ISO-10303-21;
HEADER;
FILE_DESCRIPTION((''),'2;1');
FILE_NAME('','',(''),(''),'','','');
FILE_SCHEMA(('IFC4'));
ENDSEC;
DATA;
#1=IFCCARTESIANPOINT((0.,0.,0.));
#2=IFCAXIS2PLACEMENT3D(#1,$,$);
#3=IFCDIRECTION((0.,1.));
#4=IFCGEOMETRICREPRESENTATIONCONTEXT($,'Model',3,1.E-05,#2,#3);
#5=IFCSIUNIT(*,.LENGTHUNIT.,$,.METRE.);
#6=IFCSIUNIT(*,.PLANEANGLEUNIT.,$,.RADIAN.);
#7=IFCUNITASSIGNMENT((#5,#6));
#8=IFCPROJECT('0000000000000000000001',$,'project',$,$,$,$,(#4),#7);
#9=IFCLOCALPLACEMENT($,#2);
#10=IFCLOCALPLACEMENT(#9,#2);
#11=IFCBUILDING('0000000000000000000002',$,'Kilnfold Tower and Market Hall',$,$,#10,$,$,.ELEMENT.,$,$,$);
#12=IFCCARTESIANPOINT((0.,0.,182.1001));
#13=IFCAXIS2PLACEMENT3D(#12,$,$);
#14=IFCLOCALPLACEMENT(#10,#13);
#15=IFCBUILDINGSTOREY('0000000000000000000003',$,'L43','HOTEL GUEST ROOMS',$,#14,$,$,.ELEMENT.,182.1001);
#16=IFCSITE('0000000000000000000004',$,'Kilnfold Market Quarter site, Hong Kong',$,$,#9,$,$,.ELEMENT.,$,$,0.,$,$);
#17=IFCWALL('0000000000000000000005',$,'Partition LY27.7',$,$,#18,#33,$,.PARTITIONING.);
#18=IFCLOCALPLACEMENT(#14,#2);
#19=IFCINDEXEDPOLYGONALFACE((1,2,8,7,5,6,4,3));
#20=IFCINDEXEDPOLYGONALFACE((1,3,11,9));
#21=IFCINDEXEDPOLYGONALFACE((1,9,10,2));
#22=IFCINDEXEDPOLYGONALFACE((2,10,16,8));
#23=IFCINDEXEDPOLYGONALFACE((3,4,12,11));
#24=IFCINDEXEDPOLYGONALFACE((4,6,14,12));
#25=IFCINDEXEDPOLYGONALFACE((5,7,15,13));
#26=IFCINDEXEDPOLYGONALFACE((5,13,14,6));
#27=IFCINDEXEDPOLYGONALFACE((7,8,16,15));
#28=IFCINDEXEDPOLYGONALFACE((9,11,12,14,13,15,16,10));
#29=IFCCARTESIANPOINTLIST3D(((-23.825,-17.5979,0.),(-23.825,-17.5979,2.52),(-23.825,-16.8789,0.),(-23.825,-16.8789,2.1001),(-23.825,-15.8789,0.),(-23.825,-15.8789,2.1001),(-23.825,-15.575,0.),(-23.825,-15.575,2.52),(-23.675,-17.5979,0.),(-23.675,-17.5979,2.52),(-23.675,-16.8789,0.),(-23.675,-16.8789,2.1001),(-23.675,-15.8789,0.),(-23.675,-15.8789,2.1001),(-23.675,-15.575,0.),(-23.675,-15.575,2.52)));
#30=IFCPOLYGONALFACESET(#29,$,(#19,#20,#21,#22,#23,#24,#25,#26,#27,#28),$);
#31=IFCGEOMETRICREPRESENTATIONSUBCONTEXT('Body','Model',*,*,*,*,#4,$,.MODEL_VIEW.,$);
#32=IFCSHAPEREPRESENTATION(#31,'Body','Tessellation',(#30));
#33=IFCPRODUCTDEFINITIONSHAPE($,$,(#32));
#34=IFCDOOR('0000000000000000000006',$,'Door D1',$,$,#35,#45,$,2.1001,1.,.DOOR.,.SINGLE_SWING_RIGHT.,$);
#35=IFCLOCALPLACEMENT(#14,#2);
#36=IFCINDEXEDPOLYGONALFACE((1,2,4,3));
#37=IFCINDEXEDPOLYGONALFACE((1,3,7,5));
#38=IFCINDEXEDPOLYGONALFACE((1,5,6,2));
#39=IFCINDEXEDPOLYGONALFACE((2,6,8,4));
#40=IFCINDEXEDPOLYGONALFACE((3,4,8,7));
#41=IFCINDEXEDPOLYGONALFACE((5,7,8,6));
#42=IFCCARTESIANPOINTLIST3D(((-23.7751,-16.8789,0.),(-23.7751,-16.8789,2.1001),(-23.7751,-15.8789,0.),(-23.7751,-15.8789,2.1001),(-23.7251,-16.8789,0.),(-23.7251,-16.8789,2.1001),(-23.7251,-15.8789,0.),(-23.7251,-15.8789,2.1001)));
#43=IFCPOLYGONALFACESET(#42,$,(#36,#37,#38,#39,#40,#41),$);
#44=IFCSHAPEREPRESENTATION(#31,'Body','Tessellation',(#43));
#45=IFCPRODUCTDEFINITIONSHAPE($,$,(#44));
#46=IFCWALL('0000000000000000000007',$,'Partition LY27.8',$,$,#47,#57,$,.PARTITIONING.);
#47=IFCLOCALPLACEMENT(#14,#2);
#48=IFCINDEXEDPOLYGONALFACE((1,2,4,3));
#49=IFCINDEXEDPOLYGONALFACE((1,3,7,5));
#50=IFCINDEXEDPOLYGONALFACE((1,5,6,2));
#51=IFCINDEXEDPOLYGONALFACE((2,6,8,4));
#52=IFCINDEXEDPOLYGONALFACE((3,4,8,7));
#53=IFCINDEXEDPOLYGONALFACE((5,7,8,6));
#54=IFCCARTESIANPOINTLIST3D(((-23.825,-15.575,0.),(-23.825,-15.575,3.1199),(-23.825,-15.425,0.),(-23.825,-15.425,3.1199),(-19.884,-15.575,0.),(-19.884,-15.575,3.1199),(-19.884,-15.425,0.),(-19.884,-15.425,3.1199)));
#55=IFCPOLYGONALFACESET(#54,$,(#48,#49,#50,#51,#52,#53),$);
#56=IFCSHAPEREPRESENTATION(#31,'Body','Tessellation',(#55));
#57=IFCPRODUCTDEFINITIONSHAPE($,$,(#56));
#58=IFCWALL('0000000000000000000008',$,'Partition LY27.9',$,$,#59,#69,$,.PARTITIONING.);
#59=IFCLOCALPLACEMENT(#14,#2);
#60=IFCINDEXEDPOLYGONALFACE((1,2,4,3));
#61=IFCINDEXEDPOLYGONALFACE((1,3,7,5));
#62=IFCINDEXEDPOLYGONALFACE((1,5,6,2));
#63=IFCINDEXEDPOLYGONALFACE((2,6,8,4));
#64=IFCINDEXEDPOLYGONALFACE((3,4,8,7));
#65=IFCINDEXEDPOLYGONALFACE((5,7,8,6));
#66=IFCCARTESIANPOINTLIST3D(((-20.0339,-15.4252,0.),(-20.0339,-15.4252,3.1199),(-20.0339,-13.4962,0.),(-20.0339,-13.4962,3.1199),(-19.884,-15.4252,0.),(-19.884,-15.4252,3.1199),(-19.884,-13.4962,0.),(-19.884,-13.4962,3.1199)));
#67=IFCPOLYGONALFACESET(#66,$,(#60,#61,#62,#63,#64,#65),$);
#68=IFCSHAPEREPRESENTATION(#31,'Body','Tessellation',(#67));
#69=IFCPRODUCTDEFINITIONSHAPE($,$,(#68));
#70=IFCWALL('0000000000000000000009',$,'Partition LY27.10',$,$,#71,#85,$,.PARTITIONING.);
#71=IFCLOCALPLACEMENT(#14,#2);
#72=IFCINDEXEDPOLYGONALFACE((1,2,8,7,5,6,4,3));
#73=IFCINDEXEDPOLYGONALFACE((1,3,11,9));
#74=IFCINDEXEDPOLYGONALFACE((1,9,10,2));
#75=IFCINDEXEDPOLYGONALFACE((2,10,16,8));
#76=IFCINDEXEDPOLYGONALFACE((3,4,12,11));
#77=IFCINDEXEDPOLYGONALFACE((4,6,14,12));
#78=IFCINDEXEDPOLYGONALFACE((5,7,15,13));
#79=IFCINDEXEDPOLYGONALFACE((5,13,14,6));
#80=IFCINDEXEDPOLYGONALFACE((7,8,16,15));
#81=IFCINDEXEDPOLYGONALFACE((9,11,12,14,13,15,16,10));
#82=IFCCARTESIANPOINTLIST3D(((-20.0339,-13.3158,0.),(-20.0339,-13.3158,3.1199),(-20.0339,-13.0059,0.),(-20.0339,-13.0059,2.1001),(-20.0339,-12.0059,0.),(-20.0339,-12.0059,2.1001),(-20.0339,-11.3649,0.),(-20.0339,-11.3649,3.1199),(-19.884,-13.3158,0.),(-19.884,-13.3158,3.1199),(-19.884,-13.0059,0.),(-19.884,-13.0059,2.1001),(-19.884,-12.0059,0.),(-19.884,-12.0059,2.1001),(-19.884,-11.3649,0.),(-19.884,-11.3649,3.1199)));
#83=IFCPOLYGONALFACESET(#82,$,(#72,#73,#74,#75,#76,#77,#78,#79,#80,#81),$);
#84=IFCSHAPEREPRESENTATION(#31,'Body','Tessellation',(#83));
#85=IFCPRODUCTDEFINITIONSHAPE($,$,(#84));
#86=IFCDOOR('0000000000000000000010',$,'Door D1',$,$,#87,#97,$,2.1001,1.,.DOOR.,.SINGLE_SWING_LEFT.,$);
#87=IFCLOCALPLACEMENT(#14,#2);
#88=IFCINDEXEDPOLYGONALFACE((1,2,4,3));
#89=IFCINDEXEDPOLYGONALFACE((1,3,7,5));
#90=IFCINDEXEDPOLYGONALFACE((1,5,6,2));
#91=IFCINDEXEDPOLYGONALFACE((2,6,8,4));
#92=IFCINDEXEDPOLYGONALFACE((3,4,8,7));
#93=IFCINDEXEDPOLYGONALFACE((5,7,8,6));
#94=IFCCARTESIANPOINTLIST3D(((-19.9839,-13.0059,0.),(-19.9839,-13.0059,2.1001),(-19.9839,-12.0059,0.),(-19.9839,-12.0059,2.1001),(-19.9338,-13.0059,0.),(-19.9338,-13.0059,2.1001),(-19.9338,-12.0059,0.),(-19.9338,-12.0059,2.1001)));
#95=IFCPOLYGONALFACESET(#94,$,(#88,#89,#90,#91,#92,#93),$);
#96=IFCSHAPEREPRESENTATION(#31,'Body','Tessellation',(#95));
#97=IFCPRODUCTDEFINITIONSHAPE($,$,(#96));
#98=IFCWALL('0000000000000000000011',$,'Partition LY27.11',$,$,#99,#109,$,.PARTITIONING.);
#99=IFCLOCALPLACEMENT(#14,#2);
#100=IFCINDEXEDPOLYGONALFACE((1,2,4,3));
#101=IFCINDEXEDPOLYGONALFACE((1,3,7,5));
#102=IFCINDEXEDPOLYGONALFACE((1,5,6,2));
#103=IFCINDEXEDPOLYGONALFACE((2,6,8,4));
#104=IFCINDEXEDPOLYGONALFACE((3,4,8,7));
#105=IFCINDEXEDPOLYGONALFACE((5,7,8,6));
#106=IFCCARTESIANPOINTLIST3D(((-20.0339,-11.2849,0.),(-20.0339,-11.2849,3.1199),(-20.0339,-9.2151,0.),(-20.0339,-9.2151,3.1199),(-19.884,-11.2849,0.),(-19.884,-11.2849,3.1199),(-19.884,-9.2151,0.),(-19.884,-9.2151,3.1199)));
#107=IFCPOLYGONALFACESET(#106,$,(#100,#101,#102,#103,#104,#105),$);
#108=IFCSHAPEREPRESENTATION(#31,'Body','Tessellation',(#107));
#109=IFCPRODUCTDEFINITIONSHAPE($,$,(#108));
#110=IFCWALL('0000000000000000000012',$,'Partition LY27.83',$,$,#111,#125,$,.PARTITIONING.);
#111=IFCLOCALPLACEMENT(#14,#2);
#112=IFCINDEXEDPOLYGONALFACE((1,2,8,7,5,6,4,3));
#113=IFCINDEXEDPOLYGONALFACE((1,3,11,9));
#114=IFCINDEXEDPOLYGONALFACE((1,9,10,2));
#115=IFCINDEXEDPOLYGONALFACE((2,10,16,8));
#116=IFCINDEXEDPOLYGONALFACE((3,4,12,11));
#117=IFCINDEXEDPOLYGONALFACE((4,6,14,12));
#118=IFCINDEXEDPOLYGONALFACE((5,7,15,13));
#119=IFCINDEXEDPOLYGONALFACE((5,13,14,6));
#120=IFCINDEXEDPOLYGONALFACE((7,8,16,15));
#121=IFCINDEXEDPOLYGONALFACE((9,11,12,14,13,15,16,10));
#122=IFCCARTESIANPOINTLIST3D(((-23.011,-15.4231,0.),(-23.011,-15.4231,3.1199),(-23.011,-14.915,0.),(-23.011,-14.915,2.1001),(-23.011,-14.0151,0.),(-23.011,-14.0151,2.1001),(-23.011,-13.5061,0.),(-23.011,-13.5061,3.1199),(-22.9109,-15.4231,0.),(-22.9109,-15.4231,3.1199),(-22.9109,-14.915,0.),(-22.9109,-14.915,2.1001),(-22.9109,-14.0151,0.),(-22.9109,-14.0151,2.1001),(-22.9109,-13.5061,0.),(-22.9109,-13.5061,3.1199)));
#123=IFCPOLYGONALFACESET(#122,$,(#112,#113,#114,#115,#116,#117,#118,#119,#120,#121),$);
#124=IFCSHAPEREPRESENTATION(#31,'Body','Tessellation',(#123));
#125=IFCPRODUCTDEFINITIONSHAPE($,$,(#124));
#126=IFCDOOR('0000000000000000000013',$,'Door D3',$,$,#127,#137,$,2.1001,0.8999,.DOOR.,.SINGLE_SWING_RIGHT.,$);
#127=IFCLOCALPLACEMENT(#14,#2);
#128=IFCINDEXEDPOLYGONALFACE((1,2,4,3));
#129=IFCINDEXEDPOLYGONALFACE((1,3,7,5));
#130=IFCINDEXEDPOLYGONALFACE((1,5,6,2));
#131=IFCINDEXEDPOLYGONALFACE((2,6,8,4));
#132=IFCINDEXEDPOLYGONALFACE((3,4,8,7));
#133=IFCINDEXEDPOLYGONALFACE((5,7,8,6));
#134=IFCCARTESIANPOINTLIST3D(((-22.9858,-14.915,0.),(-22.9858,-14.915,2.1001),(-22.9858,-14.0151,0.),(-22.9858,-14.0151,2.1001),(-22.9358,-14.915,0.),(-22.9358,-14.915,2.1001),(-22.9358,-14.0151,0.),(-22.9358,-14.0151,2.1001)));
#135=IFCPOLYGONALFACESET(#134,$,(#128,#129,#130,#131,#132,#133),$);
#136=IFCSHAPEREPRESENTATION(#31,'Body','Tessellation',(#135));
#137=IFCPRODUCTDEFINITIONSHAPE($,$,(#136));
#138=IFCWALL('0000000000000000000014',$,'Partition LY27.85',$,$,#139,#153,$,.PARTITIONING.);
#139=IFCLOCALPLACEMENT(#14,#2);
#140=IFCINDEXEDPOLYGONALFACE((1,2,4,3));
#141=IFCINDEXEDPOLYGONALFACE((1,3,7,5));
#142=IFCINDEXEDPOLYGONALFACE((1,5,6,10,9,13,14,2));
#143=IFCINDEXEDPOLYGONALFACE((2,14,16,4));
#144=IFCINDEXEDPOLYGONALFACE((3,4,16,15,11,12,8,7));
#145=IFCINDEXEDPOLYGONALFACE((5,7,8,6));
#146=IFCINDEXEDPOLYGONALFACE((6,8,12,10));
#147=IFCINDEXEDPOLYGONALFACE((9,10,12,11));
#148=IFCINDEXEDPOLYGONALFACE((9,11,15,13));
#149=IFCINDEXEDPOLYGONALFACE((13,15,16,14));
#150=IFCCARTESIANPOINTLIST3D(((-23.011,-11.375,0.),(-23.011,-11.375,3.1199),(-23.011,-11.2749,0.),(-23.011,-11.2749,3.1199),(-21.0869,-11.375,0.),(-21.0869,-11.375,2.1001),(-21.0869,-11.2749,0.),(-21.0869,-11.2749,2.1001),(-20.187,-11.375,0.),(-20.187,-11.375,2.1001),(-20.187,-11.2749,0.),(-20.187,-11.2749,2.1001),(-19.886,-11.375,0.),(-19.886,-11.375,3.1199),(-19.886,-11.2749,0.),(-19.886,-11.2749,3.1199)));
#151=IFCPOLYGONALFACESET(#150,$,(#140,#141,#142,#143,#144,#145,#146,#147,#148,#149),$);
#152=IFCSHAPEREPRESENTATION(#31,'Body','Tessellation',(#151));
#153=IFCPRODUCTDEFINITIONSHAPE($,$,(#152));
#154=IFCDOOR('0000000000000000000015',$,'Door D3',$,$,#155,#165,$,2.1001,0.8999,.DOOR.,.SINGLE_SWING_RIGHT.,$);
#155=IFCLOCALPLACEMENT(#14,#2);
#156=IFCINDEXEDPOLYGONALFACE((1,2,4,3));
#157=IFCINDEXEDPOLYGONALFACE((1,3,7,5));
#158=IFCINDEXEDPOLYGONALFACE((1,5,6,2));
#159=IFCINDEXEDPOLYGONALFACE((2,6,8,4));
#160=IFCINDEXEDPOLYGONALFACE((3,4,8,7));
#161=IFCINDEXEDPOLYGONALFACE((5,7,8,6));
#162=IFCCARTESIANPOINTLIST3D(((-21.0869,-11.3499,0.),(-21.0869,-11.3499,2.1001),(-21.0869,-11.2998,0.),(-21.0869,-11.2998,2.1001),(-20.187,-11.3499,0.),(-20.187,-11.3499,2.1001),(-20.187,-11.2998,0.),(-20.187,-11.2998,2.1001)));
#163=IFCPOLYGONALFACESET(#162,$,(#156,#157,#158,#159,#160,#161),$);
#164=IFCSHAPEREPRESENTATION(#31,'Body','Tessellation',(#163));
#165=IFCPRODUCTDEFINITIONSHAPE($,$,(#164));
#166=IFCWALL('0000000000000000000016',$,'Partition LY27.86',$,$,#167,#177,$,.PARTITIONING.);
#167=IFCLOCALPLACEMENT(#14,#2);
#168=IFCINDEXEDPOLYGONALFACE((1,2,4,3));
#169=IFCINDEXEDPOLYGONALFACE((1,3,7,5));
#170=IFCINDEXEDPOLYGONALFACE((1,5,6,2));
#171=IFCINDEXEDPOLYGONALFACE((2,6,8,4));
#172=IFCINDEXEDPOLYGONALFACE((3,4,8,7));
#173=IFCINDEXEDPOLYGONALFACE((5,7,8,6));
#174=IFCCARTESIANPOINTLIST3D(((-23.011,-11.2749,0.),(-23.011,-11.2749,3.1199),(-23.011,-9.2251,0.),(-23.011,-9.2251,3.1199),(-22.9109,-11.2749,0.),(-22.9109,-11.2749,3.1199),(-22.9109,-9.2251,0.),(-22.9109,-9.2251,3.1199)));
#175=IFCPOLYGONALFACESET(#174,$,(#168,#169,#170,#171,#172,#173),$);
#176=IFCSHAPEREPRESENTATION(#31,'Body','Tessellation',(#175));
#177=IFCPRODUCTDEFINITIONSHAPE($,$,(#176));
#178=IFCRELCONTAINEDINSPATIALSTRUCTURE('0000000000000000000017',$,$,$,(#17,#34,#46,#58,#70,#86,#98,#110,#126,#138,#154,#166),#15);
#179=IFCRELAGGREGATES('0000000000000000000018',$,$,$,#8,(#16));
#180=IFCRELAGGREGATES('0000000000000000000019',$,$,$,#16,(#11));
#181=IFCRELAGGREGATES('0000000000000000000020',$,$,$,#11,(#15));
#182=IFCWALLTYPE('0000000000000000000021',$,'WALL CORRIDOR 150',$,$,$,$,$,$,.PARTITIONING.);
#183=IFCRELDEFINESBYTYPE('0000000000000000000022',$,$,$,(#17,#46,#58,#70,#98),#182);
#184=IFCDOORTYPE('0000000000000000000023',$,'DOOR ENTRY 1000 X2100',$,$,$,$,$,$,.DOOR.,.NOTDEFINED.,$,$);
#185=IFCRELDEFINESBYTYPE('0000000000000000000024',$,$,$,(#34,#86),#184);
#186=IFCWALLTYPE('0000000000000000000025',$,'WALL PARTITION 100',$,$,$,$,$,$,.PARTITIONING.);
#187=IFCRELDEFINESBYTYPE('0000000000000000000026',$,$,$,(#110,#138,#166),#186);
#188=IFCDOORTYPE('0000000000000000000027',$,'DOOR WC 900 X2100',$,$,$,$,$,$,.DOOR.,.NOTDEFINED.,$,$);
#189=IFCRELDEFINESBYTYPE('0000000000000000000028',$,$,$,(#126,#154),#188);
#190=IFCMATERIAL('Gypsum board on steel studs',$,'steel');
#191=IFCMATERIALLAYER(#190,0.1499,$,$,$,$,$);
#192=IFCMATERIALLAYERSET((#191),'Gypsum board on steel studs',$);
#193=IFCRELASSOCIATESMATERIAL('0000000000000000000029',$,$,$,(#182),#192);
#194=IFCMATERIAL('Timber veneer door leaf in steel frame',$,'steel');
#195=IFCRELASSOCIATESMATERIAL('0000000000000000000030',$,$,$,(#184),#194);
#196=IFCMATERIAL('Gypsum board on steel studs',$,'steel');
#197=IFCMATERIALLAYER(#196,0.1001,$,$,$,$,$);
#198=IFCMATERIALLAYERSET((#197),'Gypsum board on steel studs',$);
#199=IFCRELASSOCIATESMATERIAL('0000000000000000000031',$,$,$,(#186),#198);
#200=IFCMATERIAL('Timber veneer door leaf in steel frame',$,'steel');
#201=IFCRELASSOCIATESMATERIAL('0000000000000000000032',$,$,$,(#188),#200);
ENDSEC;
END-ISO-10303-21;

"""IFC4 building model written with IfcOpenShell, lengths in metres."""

from ifc_helpers import new_model, si_unit, direction, frame, frame_2d, origin, place, context, subcontext, project, spatial, rectangle, extrude, material, layer, layer_set, type_object, element, fill, save


model = new_model("IFC4")

# Units and contexts
model_context = context("Model", 3, precision=1e-05, world=origin(), true_north=direction((0.0, 1.0)))
body_context = subcontext(model_context, "Body", "Model", "MODEL_VIEW")
ifc_project = project(units=[si_unit("LENGTHUNIT", "METRE"), si_unit("PLANEANGLEUNIT", "RADIAN")], contexts=[model_context])

# Site, building, storey
site_placement = place(None, origin())
site = spatial("IfcSite", under=ifc_project, at=site_placement, Name="Kilnfold Market Quarter site, Hong Kong", CompositionType="ELEMENT", RefElevation=0.0)
building_placement = place(site_placement, origin())
building = spatial("IfcBuilding", under=site, at=building_placement, Name="Kilnfold Tower and Market Hall", CompositionType="ELEMENT")
storey_placement = place(building_placement, frame((0.0, 0.0, 182.1001)))
storey = spatial("IfcBuildingStorey", under=building, at=storey_placement, Name="L43", Description="HOTEL GUEST ROOMS", CompositionType="ELEMENT", Elevation=182.1001)

# Wall, opening, door
ifc_material_1 = material(Name="Gypsum board on steel studs", Category="steel")
ifc_layer_1 = layer(ifc_material_1, 0.1499)
ifc_layer_set_1 = layer_set([ifc_layer_1], Name="Gypsum board on steel studs")
wall_type_1 = type_object("IfcWallType", Name="WALL CORRIDOR 150", PredefinedType="PARTITIONING", material=ifc_layer_set_1)
wall_1_placement = place(storey_placement, frame((-23.75, -15.575, 0.0), z_axis=(0.0, 0.0, 1.0), x_axis=(0.0, -1.0, 0.0)))
wall_1 = element("IfcWall", 1, at=wall_1_placement, inside=storey, type_object=wall_type_1, Name="Partition LY27.7", PredefinedType="PARTITIONING", context=body_context, shape_type="SweptSolid", body=[
    extrude(rectangle(XDim=2.0229, YDim=0.1499, at=frame_2d((1.0115, 0.0))), origin(), (0.0, 0.0, 1.0), 2.52),
])
opening_1_placement = place(wall_1_placement, frame((0.304, 0.0, 0.0)))
opening_1 = element("IfcOpeningElement", 2, at=opening_1_placement, cuts=wall_1, PredefinedType="OPENING", context=body_context, shape_type="SweptSolid", body=[
    extrude(rectangle(XDim=1.0, YDim=2.1001, at=frame_2d((0.5, 1.05))), frame((0.0, 0.085, 0.0), z_axis=(0.0, -1.0, 0.0), x_axis=(1.0, 0.0, 0.0)), (0.0, 0.0, 1.0), 0.1699),
])
ifc_material_2 = material(Name="Timber veneer door leaf in steel frame", Category="steel")
door_type_1 = type_object("IfcDoorType", Name="DOOR ENTRY 1000 X2100", OperationType="NOTDEFINED", PredefinedType="DOOR", material=ifc_material_2)
door_1_placement = place(opening_1_placement, origin())
door_1 = element("IfcDoor", 3, at=door_1_placement, inside=storey, type_object=door_type_1, Name="Door D1", OperationType="SINGLE_SWING_RIGHT", OverallHeight=2.1001, OverallWidth=1.0, PredefinedType="DOOR", context=body_context, shape_type="SweptSolid", body=[
    extrude(rectangle(XDim=1.0, YDim=2.1001, at=frame_2d((0.5, 1.05))), frame((0.0, 0.0249, 0.0), z_axis=(0.0, -1.0, 0.0), x_axis=(1.0, 0.0, 0.0)), (0.0, 0.0, 1.0), 0.05),
])
fill(opening_1, door_1)

# Walls
wall_2_placement = place(storey_placement, frame((-23.825, -15.5, 0.0), z_axis=(0.0, 0.0, 1.0), x_axis=(1.0, 0.0, 0.0)))
element("IfcWall", 4, at=wall_2_placement, inside=storey, type_object=wall_type_1, Name="Partition LY27.8", PredefinedType="PARTITIONING", context=body_context, shape_type="SweptSolid", body=[
    extrude(rectangle(XDim=3.9409, YDim=0.1499, at=frame_2d((1.9705, 0.0))), origin(), (0.0, 0.0, 1.0), 3.1199),
])
wall_3_placement = place(storey_placement, frame((-19.959, -15.425, 0.0), z_axis=(0.0, 0.0, 1.0), x_axis=(0.0, 1.0, 0.0)))
element("IfcWall", 5, at=wall_3_placement, inside=storey, type_object=wall_type_1, Name="Partition LY27.9", PredefinedType="PARTITIONING", context=body_context, shape_type="SweptSolid", body=[
    extrude(rectangle(XDim=1.929, YDim=0.1499, at=frame_2d((0.9644, 0.0))), origin(), (0.0, 0.0, 1.0), 3.1199),
])

# Wall, opening, door
wall_4_placement = place(storey_placement, frame((-19.959, -13.3159, 0.0), z_axis=(0.0, 0.0, 1.0), x_axis=(0.0, 1.0, 0.0)))
wall_4 = element("IfcWall", 6, at=wall_4_placement, inside=storey, type_object=wall_type_1, Name="Partition LY27.10", PredefinedType="PARTITIONING", context=body_context, shape_type="SweptSolid", body=[
    extrude(rectangle(XDim=1.9509, YDim=0.1499, at=frame_2d((0.9756, 0.0))), origin(), (0.0, 0.0, 1.0), 3.1199),
])
opening_2_placement = place(wall_4_placement, frame((0.3101, 0.0, 0.0)))
opening_2 = element("IfcOpeningElement", 7, at=opening_2_placement, cuts=wall_4, PredefinedType="OPENING", context=body_context, shape_type="SweptSolid", body=[
    extrude(rectangle(XDim=1.0, YDim=2.1001, at=frame_2d((0.5, 1.05))), frame((0.0, 0.085, 0.0), z_axis=(0.0, -1.0, 0.0), x_axis=(1.0, 0.0, 0.0)), (0.0, 0.0, 1.0), 0.1699),
])
door_2_placement = place(opening_2_placement, origin())
door_2 = element("IfcDoor", 8, at=door_2_placement, inside=storey, type_object=door_type_1, Name="Door D1", OperationType="SINGLE_SWING_LEFT", OverallHeight=2.1001, OverallWidth=1.0, PredefinedType="DOOR", context=body_context, shape_type="SweptSolid", body=[
    extrude(rectangle(XDim=1.0, YDim=2.1001, at=frame_2d((0.5, 1.05))), frame((0.0, 0.0249, 0.0), z_axis=(0.0, -1.0, 0.0), x_axis=(1.0, 0.0, 0.0)), (0.0, 0.0, 1.0), 0.05),
])
fill(opening_2, door_2)

# Wall
wall_5_placement = place(storey_placement, frame((-19.959, -11.2849, 0.0), z_axis=(0.0, 0.0, 1.0), x_axis=(0.0, 1.0, 0.0)))
element("IfcWall", 9, at=wall_5_placement, inside=storey, type_object=wall_type_1, Name="Partition LY27.11", PredefinedType="PARTITIONING", context=body_context, shape_type="SweptSolid", body=[
    extrude(rectangle(XDim=2.0698, YDim=0.1499, at=frame_2d((1.0349, 0.0))), origin(), (0.0, 0.0, 1.0), 3.1199),
])

# Walls, openings, doors
ifc_material_3 = material(Name="Gypsum board on steel studs", Category="steel")
ifc_layer_2 = layer(ifc_material_3, 0.1001)
ifc_layer_set_2 = layer_set([ifc_layer_2], Name="Gypsum board on steel studs")
wall_type_2 = type_object("IfcWallType", Name="WALL PARTITION 100", PredefinedType="PARTITIONING", material=ifc_layer_set_2)
wall_6_placement = place(storey_placement, frame((-22.9609, -15.4231, 0.0), z_axis=(0.0, 0.0, 1.0), x_axis=(0.0, 1.0, 0.0)))
wall_6 = element("IfcWall", 10, at=wall_6_placement, inside=storey, type_object=wall_type_2, Name="Partition LY27.83", PredefinedType="PARTITIONING", context=body_context, shape_type="SweptSolid", body=[
    extrude(rectangle(XDim=1.917, YDim=0.1001, at=frame_2d((0.9585, 0.0))), origin(), (0.0, 0.0, 1.0), 3.1199),
])
opening_3_placement = place(wall_6_placement, frame((0.5081, 0.0, 0.0)))
opening_3 = element("IfcOpeningElement", 11, at=opening_3_placement, cuts=wall_6, PredefinedType="OPENING", context=body_context, shape_type="SweptSolid", body=[
    extrude(rectangle(XDim=0.8999, YDim=2.1001, at=frame_2d((0.45, 1.05))), frame((0.0, 0.0601, 0.0), z_axis=(0.0, -1.0, 0.0), x_axis=(1.0, 0.0, 0.0)), (0.0, 0.0, 1.0), 0.1201),
])
ifc_material_4 = material(Name="Timber veneer door leaf in steel frame", Category="steel")
door_type_2 = type_object("IfcDoorType", Name="DOOR WC 900 X2100", OperationType="NOTDEFINED", PredefinedType="DOOR", material=ifc_material_4)
door_3_placement = place(opening_3_placement, origin())
door_3 = element("IfcDoor", 12, at=door_3_placement, inside=storey, type_object=door_type_2, Name="Door D3", OperationType="SINGLE_SWING_RIGHT", OverallHeight=2.1001, OverallWidth=0.8999, PredefinedType="DOOR", context=body_context, shape_type="SweptSolid", body=[
    extrude(rectangle(XDim=0.8999, YDim=2.1001, at=frame_2d((0.45, 1.05))), frame((0.0, 0.0249, 0.0), z_axis=(0.0, -1.0, 0.0), x_axis=(1.0, 0.0, 0.0)), (0.0, 0.0, 1.0), 0.05),
])
fill(opening_3, door_3)
wall_7_placement = place(storey_placement, frame((-19.886, -11.325, 0.0), z_axis=(0.0, 0.0, 1.0), x_axis=(-1.0, 0.0, 0.0)))
wall_7 = element("IfcWall", 13, at=wall_7_placement, inside=storey, type_object=wall_type_2, Name="Partition LY27.85", PredefinedType="PARTITIONING", context=body_context, shape_type="SweptSolid", body=[
    extrude(rectangle(XDim=3.125, YDim=0.1001, at=frame_2d((1.5625, 0.0))), origin(), (0.0, 0.0, 1.0), 3.1199),
])
opening_4_placement = place(wall_7_placement, frame((0.301, 0.0, 0.0)))
opening_4 = element("IfcOpeningElement", 14, at=opening_4_placement, cuts=wall_7, PredefinedType="OPENING", context=body_context, shape_type="SweptSolid", body=[
    extrude(rectangle(XDim=0.8999, YDim=2.1001, at=frame_2d((0.45, 1.05))), frame((0.0, 0.0601, 0.0), z_axis=(0.0, -1.0, 0.0), x_axis=(1.0, 0.0, 0.0)), (0.0, 0.0, 1.0), 0.1201),
])
door_4_placement = place(opening_4_placement, origin())
door_4 = element("IfcDoor", 15, at=door_4_placement, inside=storey, type_object=door_type_2, Name="Door D3", OperationType="SINGLE_SWING_RIGHT", OverallHeight=2.1001, OverallWidth=0.8999, PredefinedType="DOOR", context=body_context, shape_type="SweptSolid", body=[
    extrude(rectangle(XDim=0.8999, YDim=2.1001, at=frame_2d((0.45, 1.05))), frame((0.0, 0.0249, 0.0), z_axis=(0.0, -1.0, 0.0), x_axis=(1.0, 0.0, 0.0)), (0.0, 0.0, 1.0), 0.05),
])
fill(opening_4, door_4)

# Wall
wall_8_placement = place(storey_placement, frame((-22.9609, -11.2749, 0.0), z_axis=(0.0, 0.0, 1.0), x_axis=(0.0, 1.0, 0.0)))
element("IfcWall", 16, at=wall_8_placement, inside=storey, type_object=wall_type_2, Name="Partition LY27.86", PredefinedType="PARTITIONING", context=body_context, shape_type="SweptSolid", body=[
    extrude(rectangle(XDim=2.0498, YDim=0.1001, at=frame_2d((1.0249, 0.0))), origin(), (0.0, 0.0, 1.0), 3.1199),
])

save(model, "model.ifc")
